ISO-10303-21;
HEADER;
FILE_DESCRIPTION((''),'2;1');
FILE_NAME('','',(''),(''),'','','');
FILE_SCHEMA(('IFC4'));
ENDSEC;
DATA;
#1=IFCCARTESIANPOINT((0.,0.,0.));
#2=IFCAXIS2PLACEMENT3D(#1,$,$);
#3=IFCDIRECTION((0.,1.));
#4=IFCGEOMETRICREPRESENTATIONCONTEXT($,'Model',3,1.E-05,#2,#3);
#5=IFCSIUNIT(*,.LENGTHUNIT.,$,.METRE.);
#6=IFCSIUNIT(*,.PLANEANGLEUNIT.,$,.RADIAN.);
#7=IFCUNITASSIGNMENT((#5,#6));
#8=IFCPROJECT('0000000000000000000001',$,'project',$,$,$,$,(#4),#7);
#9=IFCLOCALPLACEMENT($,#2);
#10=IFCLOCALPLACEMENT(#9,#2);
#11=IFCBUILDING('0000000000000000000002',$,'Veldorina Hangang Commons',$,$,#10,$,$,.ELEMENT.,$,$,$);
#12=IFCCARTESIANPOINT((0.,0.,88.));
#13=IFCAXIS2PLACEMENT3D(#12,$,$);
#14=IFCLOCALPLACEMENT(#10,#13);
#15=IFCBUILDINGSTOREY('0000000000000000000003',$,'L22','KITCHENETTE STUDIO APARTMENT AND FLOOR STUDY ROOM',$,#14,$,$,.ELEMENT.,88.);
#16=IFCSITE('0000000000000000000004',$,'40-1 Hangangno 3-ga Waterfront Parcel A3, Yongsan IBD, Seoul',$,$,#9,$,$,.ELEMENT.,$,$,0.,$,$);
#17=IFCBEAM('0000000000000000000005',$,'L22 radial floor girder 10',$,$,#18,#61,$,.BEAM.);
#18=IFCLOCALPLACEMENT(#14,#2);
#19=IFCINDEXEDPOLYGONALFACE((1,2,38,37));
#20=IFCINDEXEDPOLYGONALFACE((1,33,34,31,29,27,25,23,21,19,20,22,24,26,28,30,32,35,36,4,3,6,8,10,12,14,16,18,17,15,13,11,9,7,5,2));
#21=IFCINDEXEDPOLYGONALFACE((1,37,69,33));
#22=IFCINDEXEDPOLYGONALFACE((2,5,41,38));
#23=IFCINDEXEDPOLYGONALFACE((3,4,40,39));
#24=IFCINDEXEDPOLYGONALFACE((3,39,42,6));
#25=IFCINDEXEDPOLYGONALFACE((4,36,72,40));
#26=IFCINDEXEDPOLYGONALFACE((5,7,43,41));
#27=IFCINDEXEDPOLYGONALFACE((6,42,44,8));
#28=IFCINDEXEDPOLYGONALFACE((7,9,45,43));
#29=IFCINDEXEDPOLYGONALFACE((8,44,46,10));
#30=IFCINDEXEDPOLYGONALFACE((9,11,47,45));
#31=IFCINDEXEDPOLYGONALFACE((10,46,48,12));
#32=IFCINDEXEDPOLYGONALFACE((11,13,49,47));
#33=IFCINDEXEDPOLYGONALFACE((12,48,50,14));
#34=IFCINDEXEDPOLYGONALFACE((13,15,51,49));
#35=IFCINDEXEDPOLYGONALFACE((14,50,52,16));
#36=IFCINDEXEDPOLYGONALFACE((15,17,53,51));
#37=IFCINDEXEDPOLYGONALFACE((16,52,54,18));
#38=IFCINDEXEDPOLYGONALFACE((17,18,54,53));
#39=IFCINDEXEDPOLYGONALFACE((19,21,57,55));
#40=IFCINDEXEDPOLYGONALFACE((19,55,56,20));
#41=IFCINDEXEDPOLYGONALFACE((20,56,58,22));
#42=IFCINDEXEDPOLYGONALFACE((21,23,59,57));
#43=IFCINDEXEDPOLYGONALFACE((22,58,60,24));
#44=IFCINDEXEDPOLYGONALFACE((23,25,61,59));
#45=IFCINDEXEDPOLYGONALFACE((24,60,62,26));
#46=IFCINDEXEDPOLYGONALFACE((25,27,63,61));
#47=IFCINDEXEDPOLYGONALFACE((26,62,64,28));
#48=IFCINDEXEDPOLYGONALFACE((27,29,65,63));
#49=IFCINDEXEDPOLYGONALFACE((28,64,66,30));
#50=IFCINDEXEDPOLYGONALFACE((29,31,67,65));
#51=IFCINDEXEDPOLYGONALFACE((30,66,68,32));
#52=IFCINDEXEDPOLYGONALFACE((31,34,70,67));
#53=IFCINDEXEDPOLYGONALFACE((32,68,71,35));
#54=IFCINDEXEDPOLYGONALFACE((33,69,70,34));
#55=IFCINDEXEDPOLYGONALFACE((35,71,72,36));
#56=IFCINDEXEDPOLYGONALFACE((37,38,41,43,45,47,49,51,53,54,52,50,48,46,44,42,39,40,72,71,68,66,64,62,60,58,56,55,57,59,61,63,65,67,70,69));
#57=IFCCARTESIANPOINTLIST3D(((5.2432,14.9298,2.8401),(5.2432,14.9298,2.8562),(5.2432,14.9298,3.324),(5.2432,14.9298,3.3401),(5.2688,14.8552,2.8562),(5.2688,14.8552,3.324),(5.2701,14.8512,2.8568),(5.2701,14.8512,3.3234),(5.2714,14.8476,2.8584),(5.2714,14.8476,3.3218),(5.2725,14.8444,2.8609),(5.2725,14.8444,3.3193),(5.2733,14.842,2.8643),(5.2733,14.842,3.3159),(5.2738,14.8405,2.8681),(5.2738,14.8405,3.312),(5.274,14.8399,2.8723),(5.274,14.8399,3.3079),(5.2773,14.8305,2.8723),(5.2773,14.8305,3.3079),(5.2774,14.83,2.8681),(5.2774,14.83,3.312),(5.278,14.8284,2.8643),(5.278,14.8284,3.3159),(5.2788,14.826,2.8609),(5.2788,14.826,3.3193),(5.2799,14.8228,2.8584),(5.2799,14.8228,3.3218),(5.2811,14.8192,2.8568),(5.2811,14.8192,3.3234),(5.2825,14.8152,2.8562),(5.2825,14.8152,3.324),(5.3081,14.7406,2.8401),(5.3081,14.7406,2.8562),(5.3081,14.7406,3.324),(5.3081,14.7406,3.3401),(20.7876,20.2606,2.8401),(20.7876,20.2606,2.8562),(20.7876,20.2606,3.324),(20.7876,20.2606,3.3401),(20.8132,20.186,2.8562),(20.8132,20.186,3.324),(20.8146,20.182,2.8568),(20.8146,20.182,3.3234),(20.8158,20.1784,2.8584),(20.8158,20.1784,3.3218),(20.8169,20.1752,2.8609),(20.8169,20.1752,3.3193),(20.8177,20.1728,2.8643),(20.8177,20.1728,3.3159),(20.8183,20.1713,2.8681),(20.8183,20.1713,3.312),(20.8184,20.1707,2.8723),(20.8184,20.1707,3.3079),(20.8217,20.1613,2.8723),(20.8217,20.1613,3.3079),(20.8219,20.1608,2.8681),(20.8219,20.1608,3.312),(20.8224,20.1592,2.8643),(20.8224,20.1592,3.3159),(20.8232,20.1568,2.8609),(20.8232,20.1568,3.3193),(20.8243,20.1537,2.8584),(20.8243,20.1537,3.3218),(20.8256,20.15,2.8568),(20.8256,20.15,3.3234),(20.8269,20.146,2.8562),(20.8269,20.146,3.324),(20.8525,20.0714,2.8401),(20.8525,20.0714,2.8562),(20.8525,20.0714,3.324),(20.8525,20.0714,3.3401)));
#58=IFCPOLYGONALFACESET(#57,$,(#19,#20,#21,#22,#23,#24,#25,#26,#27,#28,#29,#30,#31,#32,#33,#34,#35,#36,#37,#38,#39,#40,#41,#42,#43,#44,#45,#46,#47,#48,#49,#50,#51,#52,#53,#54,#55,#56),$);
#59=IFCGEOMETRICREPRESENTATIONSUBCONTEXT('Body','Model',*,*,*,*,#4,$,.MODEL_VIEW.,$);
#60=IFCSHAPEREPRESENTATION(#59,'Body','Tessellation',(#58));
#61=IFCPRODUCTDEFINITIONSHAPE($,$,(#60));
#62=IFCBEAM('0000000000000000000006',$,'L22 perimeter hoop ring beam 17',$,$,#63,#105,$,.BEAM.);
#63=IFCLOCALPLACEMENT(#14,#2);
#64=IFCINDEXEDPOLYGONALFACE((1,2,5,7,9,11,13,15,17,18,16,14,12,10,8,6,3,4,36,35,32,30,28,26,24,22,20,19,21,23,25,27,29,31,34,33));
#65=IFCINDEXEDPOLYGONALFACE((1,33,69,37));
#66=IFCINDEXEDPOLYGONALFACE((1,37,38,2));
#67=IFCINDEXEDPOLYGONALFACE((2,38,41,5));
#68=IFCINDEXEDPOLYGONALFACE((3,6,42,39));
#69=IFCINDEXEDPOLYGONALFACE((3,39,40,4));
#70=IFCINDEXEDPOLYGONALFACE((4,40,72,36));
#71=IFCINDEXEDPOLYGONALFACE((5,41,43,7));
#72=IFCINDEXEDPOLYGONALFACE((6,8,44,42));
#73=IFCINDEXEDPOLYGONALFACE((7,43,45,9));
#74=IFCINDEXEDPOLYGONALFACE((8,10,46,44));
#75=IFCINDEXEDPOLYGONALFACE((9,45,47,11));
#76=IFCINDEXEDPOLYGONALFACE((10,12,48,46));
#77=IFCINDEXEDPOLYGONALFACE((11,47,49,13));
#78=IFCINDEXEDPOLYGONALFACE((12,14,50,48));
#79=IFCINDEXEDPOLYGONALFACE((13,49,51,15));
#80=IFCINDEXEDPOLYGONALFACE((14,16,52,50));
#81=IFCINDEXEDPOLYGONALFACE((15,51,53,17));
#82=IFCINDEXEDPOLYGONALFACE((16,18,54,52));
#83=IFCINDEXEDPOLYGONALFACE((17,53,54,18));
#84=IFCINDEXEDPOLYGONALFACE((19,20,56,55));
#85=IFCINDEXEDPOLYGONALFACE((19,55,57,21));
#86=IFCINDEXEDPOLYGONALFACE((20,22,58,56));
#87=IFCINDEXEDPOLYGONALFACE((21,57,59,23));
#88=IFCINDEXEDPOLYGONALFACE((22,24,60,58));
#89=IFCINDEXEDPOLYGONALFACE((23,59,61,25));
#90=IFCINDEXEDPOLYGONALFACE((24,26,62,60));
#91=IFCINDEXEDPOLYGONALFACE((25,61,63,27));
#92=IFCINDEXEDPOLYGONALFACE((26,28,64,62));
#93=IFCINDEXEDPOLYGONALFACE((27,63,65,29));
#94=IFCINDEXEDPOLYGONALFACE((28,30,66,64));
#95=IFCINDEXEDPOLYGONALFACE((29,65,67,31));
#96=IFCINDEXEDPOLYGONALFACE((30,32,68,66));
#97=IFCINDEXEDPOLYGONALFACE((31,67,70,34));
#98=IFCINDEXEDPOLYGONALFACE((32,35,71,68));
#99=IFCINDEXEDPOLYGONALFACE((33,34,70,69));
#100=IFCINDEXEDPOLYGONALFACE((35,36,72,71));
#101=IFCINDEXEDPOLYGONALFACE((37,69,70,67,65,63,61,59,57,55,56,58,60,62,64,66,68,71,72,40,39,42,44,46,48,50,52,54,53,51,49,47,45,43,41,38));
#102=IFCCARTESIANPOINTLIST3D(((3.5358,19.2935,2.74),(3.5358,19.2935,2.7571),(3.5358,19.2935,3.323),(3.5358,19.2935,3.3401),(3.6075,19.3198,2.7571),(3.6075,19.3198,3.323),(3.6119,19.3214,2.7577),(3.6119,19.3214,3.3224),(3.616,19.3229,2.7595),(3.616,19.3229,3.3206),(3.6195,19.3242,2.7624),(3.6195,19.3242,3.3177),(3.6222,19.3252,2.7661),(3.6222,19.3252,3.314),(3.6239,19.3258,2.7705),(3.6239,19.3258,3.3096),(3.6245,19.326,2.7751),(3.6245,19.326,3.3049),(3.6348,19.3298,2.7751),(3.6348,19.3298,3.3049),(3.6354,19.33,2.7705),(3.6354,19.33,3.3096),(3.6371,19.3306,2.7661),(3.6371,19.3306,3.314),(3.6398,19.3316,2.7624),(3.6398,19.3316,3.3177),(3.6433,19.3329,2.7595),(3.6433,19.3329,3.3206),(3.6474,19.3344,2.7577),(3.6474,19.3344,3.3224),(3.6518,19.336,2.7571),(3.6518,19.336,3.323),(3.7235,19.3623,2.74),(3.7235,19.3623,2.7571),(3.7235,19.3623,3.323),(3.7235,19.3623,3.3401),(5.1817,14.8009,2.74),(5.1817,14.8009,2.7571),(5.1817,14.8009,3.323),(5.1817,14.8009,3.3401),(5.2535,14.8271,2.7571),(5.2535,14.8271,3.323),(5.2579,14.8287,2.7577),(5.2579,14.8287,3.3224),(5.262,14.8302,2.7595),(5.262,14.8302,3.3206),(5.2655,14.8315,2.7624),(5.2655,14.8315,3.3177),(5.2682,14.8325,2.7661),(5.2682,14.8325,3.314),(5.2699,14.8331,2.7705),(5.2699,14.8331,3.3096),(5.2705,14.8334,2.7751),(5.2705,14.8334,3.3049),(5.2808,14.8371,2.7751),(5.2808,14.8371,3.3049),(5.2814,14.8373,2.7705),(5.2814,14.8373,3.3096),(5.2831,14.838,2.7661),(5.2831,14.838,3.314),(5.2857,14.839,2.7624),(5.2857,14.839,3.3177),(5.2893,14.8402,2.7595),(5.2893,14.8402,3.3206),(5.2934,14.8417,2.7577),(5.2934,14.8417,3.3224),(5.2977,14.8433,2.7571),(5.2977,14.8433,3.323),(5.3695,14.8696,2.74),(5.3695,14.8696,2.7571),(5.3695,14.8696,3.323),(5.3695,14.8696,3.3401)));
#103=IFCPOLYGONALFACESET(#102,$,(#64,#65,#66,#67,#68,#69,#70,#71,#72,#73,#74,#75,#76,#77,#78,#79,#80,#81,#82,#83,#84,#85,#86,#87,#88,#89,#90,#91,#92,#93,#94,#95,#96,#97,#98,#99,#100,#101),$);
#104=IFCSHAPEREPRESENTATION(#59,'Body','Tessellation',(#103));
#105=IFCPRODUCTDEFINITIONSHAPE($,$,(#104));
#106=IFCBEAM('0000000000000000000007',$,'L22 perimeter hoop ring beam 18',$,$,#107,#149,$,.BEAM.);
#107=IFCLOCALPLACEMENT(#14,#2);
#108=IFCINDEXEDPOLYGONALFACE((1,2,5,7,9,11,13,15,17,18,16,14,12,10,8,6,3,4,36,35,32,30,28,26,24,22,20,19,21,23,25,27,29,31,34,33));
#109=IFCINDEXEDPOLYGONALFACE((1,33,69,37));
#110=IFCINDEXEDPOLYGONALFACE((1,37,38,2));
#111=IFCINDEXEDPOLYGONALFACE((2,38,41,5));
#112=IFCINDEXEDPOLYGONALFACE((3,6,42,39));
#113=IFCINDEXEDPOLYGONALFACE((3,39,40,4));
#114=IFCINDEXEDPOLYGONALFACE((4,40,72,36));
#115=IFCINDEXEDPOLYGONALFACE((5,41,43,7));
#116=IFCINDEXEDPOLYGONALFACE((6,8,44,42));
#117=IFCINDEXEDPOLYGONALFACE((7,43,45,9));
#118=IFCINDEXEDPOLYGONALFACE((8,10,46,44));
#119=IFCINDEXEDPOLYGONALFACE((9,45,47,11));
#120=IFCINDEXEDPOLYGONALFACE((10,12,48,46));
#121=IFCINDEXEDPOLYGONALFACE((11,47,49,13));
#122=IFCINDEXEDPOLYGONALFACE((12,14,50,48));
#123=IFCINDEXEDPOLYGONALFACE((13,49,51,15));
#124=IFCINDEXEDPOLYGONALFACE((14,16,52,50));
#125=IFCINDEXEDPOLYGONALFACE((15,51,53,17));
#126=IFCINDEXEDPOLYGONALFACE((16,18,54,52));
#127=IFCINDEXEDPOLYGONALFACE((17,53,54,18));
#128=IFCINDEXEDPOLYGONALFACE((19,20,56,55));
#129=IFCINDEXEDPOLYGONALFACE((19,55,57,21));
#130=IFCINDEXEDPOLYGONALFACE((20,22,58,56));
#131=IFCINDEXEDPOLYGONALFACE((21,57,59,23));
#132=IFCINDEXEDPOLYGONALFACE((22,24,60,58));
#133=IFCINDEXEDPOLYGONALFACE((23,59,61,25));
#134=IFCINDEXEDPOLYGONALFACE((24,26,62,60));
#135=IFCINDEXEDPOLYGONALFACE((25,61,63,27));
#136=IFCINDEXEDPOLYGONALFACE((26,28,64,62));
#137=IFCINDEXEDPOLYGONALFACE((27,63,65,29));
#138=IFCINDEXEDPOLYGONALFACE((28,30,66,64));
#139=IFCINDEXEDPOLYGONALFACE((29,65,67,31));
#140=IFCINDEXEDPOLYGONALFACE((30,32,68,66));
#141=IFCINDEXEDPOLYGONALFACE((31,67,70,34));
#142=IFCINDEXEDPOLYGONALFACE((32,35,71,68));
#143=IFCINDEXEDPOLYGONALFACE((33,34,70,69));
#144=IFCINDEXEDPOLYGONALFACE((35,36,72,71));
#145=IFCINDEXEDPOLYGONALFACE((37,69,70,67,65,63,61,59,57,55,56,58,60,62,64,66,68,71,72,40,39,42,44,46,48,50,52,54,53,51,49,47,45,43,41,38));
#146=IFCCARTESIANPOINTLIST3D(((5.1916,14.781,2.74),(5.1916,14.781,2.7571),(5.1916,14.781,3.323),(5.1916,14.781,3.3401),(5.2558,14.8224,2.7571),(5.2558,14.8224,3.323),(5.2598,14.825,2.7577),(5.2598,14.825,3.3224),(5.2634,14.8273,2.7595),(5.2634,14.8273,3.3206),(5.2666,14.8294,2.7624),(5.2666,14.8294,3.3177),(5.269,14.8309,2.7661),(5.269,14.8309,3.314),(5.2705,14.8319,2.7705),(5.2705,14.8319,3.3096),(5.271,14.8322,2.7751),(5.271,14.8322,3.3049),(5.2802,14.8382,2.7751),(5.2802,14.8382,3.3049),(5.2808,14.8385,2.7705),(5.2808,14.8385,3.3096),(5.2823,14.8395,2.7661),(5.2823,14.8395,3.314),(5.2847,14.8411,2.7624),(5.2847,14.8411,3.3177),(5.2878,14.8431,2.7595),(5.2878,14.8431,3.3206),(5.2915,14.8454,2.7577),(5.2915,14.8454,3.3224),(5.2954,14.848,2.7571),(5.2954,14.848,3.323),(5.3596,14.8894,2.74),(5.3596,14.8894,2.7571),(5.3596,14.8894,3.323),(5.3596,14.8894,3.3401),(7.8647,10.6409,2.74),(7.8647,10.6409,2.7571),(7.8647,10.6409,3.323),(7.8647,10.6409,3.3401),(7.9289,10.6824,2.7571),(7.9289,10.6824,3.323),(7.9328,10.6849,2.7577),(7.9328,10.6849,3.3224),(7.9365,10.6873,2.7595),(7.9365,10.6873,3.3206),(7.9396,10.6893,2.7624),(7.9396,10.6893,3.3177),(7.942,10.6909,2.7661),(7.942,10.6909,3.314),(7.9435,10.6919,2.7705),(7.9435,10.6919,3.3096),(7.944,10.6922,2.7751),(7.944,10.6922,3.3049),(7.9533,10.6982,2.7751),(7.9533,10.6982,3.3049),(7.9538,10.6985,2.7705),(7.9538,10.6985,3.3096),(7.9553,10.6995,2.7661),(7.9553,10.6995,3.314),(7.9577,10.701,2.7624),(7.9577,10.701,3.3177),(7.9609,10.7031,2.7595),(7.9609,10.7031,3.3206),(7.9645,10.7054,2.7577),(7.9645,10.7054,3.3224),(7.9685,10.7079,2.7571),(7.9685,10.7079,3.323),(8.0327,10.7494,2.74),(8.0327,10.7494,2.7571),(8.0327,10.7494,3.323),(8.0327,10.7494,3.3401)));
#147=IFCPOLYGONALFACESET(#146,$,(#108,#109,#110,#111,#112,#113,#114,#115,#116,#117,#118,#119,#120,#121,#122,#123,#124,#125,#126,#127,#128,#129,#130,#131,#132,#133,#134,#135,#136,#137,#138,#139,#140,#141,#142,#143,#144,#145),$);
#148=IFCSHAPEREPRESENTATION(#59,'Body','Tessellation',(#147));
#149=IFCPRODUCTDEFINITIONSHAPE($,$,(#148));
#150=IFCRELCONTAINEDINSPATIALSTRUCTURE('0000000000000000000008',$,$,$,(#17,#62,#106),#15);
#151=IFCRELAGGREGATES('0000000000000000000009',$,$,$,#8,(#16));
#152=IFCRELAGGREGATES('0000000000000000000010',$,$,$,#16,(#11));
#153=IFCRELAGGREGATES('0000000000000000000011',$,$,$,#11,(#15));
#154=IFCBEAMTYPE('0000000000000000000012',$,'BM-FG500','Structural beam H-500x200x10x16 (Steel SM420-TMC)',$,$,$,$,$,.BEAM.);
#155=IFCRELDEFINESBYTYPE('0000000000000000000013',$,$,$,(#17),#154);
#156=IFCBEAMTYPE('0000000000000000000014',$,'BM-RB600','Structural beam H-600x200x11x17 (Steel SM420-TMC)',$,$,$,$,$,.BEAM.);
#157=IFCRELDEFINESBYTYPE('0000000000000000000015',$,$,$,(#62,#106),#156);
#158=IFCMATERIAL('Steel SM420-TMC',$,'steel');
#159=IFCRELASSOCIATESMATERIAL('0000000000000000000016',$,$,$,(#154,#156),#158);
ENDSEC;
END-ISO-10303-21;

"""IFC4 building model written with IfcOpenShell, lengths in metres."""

from ifc_helpers import new_model, si_unit, direction, frame, origin, origin_2d, place, context, subcontext, project, spatial, i_section, extrude, material, material_profile, profile_set, type_object, element, save


model = new_model("IFC4")

# Units and contexts
model_context = context("Model", 3, precision=1e-05, world=origin(), true_north=direction((0.0, 1.0)))
body_context = subcontext(model_context, "Body", "Model", "MODEL_VIEW")
ifc_project = project(units=[si_unit("LENGTHUNIT", "METRE"), si_unit("PLANEANGLEUNIT", "RADIAN")], contexts=[model_context])

# Site, building, storey
site_placement = place(None, origin())
site = spatial("IfcSite", under=ifc_project, at=site_placement, Name="40-1 Hangangno 3-ga Waterfront Parcel A3, Yongsan IBD, Seoul", CompositionType="ELEMENT", RefElevation=0.0)
building_placement = place(site_placement, origin())
building = spatial("IfcBuilding", under=site, at=building_placement, Name="Veldorina Hangang Commons", CompositionType="ELEMENT")
storey_placement = place(building_placement, frame((0.0, 0.0, 88.0)))
storey = spatial("IfcBuildingStorey", under=building, at=storey_placement, Name="L22", Description="KITCHENETTE STUDIO APARTMENT AND FLOOR STUDY ROOM", CompositionType="ELEMENT", Elevation=88.0)

# Beams
ifc_material_1 = material(Name="Steel SM420-TMC", Category="steel")
ifc_material_profile_1 = material_profile(ifc_material_1, i_section(OverallWidth=0.2, OverallDepth=0.5, WebThickness=0.01, FlangeThickness=0.0161, FilletRadius=0.0161, at=origin_2d()), Name="H-500x200x10x16")
ifc_profile_set_1 = profile_set([ifc_material_profile_1], Name="Steel SM420-TMC")
beam_type_1 = type_object("IfcBeamType", Name="BM-FG500", Description="Structural beam H-500x200x10x16 (Steel SM420-TMC)", PredefinedType="BEAM", material=ifc_profile_set_1)
beam_1_placement = place(storey_placement, frame((20.8201, 20.166, 3.0901), z_axis=(-0.945922, -0.324395, 0.0), x_axis=(0.324395, -0.945922, 0.0)))
element("IfcBeam", 1, at=beam_1_placement, inside=storey, type_object=beam_type_1, Name="L22 radial floor girder 10", PredefinedType="BEAM", context=body_context, shape_type="SweptSolid", body=[
    extrude(i_section(OverallWidth=0.2, OverallDepth=0.5, WebThickness=0.01, FlangeThickness=0.0161, FilletRadius=0.0161, at=origin_2d()), origin(), (0.0, 0.0, 1.0), 16.4331),
])
ifc_material_profile_2 = material_profile(ifc_material_1, i_section(OverallWidth=0.2, OverallDepth=0.6001, WebThickness=0.011, FlangeThickness=0.0171, FilletRadius=0.0181, at=origin_2d()), Name="H-600x200x11x17")
ifc_profile_set_2 = profile_set([ifc_material_profile_2], Name="Steel SM420-TMC")
beam_type_2 = type_object("IfcBeamType", Name="BM-RB600", Description="Structural beam H-600x200x11x17 (Steel SM420-TMC)", PredefinedType="BEAM", material=ifc_profile_set_2)
beam_2_placement = place(storey_placement, frame((3.6296, 19.3279, 3.04), z_axis=(0.344012, -0.938965, 0.0), x_axis=(0.938965, 0.344012, 0.0)))
element("IfcBeam", 2, at=beam_2_placement, inside=storey, type_object=beam_type_2, Name="L22 perimeter hoop ring beam 17", PredefinedType="BEAM", context=body_context, shape_type="SweptSolid", body=[
    extrude(i_section(OverallWidth=0.2, OverallDepth=0.6001, WebThickness=0.011, FlangeThickness=0.0171, FilletRadius=0.0181, at=origin_2d()), origin(), (0.0, 0.0, 1.0), 4.7847),
])
beam_3_placement = place(storey_placement, frame((5.2756, 14.8352, 3.04), z_axis=(0.542419, -0.840108, 0.0), x_axis=(0.840108, 0.542419, 0.0)))
element("IfcBeam", 3, at=beam_3_placement, inside=storey, type_object=beam_type_2, Name="L22 perimeter hoop ring beam 18", PredefinedType="BEAM", context=body_context, shape_type="SweptSolid", body=[
    extrude(i_section(OverallWidth=0.2, OverallDepth=0.6001, WebThickness=0.011, FlangeThickness=0.0171, FilletRadius=0.0181, at=origin_2d()), origin(), (0.0, 0.0, 1.0), 4.928),
])

save(model, "model.ifc")
